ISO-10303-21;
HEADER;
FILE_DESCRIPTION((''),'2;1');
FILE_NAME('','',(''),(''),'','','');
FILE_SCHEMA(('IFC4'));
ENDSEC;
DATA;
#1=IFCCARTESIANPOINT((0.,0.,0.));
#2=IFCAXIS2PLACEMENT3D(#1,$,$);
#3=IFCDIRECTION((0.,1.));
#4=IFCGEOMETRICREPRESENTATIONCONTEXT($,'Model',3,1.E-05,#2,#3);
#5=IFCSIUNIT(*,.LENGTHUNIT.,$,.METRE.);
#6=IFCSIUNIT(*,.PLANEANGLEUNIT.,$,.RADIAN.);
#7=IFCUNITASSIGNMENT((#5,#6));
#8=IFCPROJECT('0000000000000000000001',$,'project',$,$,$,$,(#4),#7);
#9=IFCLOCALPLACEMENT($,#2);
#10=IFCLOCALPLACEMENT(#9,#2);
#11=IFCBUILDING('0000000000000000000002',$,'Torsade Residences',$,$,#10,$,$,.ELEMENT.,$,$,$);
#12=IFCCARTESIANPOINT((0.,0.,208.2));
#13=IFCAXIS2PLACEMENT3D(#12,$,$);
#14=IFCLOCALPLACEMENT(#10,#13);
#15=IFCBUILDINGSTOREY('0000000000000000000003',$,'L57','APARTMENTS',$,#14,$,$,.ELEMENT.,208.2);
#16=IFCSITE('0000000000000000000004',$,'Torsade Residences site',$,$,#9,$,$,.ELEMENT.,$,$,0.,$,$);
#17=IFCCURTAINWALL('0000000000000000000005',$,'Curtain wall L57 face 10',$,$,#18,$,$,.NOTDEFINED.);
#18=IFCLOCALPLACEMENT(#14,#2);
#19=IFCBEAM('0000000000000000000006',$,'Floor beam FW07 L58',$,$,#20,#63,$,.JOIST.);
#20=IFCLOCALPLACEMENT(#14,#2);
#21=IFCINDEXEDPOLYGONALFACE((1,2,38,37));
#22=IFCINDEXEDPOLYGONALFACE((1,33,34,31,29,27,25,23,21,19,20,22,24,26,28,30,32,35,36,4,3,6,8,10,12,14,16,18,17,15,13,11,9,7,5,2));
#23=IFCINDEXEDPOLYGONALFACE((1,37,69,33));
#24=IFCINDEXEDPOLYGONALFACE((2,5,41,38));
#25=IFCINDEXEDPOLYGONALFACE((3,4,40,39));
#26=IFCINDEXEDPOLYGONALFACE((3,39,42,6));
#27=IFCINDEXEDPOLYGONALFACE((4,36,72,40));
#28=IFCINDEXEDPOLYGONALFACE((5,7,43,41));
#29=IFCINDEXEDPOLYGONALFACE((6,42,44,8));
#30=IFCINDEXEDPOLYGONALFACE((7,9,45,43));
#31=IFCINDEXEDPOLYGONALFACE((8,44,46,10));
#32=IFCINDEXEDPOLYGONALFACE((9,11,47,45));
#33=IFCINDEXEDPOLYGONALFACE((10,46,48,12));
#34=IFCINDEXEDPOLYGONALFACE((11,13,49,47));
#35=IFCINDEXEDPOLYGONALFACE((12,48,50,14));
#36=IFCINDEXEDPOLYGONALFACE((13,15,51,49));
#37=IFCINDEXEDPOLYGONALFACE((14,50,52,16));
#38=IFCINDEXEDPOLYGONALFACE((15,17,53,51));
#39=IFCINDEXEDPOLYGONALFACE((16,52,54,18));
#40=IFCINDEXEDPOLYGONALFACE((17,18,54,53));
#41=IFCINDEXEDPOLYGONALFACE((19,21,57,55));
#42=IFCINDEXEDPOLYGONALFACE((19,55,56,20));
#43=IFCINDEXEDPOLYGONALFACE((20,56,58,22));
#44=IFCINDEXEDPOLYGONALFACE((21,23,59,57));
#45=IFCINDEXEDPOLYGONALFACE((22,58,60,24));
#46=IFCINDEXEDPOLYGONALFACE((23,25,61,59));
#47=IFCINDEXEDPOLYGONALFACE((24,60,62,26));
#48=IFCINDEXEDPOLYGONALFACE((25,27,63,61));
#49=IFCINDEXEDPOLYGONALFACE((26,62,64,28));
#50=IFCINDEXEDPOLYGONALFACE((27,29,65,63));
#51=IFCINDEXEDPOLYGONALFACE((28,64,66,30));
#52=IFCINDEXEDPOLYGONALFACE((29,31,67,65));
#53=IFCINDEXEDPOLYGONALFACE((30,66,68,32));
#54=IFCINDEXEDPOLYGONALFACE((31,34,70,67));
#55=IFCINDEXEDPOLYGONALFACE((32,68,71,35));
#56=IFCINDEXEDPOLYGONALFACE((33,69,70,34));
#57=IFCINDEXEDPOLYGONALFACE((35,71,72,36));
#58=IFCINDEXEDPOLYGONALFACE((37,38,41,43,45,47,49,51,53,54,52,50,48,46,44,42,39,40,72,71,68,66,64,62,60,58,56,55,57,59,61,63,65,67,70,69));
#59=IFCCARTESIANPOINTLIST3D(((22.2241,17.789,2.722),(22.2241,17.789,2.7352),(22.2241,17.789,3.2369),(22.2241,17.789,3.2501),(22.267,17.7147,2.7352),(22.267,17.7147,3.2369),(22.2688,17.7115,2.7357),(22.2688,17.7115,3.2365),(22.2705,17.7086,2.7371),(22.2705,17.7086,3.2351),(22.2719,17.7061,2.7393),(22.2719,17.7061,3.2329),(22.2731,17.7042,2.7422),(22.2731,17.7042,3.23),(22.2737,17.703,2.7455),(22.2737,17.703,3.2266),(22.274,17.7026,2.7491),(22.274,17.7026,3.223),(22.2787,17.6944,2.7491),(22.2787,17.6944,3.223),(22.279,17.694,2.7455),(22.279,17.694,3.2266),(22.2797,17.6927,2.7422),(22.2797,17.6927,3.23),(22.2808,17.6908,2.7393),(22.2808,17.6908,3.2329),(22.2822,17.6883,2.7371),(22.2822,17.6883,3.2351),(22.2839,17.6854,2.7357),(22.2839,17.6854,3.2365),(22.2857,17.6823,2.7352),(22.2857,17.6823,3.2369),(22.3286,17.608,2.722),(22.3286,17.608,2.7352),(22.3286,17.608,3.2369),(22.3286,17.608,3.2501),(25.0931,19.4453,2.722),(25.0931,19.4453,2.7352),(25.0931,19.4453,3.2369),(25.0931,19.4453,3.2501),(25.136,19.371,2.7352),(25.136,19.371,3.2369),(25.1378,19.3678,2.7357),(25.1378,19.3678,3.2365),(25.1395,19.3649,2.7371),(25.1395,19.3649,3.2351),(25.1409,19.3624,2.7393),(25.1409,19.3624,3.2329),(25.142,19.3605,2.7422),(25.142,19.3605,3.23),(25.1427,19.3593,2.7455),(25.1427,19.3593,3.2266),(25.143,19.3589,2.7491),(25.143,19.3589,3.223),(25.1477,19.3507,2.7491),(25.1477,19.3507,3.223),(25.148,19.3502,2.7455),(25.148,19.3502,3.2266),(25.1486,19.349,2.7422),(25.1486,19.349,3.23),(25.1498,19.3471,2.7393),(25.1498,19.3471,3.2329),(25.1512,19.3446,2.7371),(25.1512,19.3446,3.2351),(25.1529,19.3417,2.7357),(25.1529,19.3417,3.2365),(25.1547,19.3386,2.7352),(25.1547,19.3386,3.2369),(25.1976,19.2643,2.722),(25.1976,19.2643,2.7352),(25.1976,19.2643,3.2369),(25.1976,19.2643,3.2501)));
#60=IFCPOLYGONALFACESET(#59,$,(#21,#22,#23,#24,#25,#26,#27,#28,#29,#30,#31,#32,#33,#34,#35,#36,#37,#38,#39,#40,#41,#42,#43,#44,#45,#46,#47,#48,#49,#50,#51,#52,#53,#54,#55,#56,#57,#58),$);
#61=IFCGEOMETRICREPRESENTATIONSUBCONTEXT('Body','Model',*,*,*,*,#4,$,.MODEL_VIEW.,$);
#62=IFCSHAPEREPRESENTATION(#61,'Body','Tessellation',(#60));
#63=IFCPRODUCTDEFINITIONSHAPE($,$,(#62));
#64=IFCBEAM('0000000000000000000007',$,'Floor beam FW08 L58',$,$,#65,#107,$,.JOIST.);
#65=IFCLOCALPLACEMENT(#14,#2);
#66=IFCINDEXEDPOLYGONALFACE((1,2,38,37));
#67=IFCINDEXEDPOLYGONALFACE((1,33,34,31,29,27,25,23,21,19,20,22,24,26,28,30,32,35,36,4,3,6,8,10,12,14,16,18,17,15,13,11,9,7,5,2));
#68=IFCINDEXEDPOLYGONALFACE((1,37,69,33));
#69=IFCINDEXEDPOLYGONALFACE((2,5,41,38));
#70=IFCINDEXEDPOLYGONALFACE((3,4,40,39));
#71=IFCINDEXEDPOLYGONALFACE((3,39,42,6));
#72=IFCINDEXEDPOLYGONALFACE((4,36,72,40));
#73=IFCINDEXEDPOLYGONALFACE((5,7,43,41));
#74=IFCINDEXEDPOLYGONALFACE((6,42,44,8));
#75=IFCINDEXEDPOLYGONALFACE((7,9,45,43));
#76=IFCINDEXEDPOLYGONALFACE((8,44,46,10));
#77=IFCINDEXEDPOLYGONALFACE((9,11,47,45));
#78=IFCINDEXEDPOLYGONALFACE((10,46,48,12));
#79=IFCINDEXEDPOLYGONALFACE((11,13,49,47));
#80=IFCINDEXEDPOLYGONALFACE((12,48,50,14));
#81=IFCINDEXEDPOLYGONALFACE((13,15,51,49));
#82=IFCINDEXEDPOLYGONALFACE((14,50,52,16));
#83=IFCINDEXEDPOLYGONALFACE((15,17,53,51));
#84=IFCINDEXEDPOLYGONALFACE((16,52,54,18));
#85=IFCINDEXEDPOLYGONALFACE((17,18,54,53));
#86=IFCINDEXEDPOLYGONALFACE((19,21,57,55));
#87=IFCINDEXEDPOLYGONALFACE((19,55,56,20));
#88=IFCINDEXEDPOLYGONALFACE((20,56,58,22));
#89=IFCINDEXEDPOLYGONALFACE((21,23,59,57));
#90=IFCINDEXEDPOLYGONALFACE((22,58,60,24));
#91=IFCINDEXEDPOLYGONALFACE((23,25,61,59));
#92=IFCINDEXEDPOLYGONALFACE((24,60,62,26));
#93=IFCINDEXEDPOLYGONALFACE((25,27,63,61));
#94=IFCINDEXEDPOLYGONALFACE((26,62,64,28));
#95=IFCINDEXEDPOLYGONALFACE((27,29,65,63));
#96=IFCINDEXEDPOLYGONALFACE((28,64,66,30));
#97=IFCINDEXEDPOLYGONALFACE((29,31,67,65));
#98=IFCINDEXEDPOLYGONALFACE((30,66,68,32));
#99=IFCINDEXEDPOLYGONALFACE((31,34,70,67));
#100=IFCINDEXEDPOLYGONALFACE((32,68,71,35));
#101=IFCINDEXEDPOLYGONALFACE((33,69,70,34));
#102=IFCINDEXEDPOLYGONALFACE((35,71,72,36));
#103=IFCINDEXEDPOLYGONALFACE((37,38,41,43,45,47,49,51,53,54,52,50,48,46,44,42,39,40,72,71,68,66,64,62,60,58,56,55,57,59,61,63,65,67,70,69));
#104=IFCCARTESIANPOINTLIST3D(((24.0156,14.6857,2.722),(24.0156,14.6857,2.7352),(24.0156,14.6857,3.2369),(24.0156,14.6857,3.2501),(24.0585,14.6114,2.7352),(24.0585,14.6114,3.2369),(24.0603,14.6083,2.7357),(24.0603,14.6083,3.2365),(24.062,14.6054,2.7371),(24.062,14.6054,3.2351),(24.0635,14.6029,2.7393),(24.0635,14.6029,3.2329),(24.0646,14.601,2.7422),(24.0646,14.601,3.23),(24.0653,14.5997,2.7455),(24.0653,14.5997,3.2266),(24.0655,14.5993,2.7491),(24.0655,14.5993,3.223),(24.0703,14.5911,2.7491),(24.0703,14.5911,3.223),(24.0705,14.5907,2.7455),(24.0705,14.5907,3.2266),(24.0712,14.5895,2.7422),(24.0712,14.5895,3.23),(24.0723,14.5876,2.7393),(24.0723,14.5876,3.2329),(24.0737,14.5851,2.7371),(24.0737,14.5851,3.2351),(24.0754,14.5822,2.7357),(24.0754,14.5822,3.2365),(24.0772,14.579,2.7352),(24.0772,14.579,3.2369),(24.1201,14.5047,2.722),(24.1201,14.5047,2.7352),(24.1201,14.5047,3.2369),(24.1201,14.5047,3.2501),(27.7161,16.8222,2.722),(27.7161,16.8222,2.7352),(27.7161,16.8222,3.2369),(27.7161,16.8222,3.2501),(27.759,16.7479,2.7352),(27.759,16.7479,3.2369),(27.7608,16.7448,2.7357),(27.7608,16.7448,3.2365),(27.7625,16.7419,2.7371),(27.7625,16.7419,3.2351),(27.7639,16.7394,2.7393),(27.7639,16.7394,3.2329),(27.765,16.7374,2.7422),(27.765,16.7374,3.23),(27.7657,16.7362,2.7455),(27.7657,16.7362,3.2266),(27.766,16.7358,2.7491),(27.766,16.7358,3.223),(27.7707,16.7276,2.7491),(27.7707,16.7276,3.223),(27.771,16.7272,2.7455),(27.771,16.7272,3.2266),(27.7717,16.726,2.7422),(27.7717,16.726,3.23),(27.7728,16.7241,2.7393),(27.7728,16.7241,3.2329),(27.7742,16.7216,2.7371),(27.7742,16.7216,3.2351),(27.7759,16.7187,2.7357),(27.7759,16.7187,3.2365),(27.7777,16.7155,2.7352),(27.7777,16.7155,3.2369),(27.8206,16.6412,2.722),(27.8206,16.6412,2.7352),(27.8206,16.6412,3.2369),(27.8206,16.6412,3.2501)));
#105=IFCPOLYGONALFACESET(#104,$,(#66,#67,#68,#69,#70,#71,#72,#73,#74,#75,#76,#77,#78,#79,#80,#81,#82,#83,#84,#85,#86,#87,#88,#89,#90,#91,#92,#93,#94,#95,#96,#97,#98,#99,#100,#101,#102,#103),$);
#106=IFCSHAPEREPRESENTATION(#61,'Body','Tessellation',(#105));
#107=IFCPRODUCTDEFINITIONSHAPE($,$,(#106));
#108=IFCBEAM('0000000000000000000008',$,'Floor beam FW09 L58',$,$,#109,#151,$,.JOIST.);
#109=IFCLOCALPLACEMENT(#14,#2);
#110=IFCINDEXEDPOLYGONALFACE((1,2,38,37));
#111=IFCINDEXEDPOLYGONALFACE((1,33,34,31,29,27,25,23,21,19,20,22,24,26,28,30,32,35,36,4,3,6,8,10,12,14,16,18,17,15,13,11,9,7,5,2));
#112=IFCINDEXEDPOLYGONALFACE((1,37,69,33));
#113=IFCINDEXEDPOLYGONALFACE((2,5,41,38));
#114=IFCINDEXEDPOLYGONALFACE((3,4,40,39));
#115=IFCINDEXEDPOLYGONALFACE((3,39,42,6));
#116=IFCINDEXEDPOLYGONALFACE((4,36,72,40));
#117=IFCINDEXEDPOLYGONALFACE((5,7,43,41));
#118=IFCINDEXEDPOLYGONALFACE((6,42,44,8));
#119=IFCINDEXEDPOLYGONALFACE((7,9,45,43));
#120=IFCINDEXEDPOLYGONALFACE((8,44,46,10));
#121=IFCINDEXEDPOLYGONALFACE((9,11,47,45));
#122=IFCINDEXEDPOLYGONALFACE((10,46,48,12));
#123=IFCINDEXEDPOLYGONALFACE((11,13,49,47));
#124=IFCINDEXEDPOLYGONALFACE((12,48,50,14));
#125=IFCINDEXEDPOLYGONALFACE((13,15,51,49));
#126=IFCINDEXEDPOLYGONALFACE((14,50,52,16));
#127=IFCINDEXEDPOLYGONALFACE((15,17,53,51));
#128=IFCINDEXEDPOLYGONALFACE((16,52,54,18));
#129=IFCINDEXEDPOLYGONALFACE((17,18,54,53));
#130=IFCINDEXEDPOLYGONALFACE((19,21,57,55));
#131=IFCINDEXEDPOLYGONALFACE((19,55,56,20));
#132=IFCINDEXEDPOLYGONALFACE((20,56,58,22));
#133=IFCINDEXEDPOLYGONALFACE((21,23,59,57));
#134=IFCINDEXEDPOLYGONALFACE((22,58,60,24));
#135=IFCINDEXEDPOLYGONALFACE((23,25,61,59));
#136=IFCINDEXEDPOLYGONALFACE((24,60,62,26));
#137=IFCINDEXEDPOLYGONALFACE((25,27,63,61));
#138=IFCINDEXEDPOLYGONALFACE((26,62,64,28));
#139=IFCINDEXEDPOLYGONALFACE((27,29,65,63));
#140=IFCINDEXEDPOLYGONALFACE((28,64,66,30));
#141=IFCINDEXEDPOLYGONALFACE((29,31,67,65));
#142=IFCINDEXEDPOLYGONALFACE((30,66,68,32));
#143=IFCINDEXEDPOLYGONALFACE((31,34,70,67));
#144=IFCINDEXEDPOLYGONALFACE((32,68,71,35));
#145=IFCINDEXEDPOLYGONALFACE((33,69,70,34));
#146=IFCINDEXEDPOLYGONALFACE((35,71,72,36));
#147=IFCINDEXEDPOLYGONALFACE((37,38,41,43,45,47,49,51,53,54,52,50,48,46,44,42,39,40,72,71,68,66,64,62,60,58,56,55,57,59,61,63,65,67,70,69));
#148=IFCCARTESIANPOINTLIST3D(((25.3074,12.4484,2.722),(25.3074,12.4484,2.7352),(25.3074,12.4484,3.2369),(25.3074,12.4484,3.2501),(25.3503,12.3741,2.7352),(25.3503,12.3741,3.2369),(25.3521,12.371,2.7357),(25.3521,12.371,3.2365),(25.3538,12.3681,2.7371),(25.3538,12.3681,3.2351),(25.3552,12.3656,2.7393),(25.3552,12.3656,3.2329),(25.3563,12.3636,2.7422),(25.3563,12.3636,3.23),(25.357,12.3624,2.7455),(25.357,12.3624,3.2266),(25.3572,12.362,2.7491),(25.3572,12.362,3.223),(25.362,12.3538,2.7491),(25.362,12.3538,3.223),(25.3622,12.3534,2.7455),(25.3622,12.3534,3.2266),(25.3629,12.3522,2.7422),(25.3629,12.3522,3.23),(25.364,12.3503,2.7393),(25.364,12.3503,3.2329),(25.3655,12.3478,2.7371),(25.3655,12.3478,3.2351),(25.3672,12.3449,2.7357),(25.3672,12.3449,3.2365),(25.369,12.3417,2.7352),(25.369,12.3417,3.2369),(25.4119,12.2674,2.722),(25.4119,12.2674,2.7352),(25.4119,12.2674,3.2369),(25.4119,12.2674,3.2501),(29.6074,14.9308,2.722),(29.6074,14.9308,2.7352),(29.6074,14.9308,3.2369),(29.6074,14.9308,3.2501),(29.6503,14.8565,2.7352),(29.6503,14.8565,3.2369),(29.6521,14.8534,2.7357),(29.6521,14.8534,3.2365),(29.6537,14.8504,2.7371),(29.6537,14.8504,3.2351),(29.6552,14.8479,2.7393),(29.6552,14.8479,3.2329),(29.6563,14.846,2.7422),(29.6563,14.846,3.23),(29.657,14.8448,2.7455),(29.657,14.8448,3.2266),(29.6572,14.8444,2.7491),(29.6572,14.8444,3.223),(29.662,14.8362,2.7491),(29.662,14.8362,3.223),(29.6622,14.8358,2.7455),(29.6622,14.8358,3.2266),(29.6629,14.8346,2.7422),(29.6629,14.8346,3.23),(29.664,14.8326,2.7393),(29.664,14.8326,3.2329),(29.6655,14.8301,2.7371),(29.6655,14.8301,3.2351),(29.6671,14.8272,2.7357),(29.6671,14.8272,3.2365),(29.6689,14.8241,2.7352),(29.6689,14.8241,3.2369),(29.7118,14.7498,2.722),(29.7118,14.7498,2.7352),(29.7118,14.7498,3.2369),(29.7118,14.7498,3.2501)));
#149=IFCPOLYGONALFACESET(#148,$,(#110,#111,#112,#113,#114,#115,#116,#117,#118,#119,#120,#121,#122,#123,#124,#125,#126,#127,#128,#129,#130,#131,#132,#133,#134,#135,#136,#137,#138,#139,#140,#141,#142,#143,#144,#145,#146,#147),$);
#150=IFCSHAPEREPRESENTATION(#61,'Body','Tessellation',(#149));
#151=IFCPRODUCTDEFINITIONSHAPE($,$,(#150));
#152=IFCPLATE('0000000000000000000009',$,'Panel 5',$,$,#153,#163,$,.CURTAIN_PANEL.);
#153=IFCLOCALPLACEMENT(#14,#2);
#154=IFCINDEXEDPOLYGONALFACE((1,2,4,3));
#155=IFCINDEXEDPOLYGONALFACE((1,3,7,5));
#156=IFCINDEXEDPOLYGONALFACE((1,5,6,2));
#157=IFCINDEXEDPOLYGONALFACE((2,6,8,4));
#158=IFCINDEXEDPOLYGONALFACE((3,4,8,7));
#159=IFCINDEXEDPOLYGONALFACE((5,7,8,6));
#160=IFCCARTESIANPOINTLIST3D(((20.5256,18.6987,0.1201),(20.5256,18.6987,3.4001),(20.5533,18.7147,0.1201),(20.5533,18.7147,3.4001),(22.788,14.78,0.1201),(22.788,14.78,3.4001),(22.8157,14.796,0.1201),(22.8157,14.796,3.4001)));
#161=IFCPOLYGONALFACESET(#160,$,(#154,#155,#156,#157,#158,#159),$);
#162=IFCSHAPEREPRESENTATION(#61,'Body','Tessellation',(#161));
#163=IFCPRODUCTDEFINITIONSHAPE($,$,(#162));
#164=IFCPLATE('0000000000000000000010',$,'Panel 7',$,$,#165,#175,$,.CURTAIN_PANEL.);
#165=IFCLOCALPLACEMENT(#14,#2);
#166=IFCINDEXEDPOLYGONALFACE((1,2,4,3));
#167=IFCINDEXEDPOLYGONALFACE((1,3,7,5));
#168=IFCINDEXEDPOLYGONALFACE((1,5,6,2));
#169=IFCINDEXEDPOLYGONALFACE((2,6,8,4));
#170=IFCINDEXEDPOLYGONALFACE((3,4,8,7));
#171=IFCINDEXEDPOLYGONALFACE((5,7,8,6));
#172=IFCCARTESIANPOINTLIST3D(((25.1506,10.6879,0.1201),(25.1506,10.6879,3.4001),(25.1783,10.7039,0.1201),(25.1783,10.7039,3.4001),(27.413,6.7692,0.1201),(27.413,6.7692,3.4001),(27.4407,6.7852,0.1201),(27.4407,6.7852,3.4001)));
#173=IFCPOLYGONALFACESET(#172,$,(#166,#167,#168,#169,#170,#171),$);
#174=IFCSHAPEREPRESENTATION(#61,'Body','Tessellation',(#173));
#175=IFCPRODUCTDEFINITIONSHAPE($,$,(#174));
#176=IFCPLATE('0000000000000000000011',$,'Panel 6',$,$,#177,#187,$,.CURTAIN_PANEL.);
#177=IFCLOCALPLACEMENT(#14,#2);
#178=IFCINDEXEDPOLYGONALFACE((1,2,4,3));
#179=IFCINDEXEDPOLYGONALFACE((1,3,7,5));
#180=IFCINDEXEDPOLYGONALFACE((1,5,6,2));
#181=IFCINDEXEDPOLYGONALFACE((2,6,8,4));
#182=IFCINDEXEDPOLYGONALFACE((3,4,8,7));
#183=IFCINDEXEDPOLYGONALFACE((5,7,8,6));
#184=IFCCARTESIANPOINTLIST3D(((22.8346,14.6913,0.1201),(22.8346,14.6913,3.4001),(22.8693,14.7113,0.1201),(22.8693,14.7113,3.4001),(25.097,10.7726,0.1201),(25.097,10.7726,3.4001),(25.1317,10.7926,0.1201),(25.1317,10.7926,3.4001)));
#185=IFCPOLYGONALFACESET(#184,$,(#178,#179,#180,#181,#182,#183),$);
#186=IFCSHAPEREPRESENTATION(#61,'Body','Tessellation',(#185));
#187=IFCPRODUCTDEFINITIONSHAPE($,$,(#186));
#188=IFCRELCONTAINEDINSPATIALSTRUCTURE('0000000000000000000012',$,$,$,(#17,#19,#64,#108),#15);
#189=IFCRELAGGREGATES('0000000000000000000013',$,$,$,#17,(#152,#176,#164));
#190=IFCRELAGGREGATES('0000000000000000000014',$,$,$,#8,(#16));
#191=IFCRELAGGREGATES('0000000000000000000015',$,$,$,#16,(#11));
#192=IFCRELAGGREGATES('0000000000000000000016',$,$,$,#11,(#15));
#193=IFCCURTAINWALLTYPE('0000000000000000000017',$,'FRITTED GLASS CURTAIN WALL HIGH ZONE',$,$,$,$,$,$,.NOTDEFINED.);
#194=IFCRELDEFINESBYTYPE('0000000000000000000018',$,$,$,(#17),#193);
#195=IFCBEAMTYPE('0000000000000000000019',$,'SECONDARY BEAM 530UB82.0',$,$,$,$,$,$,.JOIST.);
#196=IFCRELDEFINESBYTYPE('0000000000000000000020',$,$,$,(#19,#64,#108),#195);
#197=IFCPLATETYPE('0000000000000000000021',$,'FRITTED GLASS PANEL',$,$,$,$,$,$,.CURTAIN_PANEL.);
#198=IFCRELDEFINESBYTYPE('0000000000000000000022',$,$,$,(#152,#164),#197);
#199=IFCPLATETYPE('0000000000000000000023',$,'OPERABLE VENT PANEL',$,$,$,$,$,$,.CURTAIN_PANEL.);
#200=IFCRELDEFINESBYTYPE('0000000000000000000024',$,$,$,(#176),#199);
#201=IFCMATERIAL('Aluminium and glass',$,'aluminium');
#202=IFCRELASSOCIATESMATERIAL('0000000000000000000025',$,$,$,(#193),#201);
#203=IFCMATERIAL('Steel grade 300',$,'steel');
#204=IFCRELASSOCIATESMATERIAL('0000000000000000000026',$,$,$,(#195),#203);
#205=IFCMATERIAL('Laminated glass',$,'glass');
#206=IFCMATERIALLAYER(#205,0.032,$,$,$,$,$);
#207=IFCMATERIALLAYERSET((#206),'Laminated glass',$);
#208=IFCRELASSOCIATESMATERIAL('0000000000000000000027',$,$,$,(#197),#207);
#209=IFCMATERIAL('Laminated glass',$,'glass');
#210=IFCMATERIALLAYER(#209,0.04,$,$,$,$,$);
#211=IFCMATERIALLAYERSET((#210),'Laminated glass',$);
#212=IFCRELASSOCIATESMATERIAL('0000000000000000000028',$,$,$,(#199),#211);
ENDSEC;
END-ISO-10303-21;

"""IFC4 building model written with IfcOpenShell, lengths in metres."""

from ifc_helpers import new_model, si_unit, direction, frame, origin, origin_2d, place, context, subcontext, project, spatial, rectangle, i_section, extrude, material, layer, layer_set, material_profile, profile_set, type_object, element, aggregate, save


model = new_model("IFC4")

# Units and contexts
model_context = context("Model", 3, precision=1e-05, world=origin(), true_north=direction((0.0, 1.0)))
body_context = subcontext(model_context, "Body", "Model", "MODEL_VIEW")
ifc_project = project(units=[si_unit("LENGTHUNIT", "METRE"), si_unit("PLANEANGLEUNIT", "RADIAN")], contexts=[model_context])

# Site, building, storey
site_placement = place(None, origin())
site = spatial("IfcSite", under=ifc_project, at=site_placement, Name="Torsade Residences site", CompositionType="ELEMENT", RefElevation=0.0)
building_placement = place(site_placement, origin())
building = spatial("IfcBuilding", under=site, at=building_placement, Name="Torsade Residences", CompositionType="ELEMENT")
storey_placement = place(building_placement, frame((0.0, 0.0, 208.2)))
storey = spatial("IfcBuildingStorey", under=building, at=storey_placement, Name="L57", Description="APARTMENTS", CompositionType="ELEMENT", Elevation=208.2)

# Curtain wall
ifc_material_1 = material(Name="Aluminium and glass", Category="aluminium")
curtain_wall_type = type_object("IfcCurtainWallType", Name="FRITTED GLASS CURTAIN WALL HIGH ZONE", PredefinedType="NOTDEFINED", material=ifc_material_1)
curtain_wall_placement = place(storey_placement, origin())
curtain_wall = element("IfcCurtainWall", 1, at=curtain_wall_placement, inside=storey, type_object=curtain_wall_type, Name="Curtain wall L57 face 10", PredefinedType="NOTDEFINED")

# Beams
ifc_material_2 = material(Name="Steel grade 300", Category="steel")
ifc_material_profile_1 = material_profile(ifc_material_2, i_section(OverallWidth=0.209, OverallDepth=0.5281, WebThickness=0.0095, FlangeThickness=0.0132, FilletRadius=0.0139, at=origin_2d()), Name="530UB82.0")
ifc_profile_set_1 = profile_set([ifc_material_profile_1], Name="Steel grade 300")
beam_type_1 = type_object("IfcBeamType", Name="SECONDARY BEAM 530UB82.0", PredefinedType="JOIST", material=ifc_profile_set_1)
beam_1_placement = place(storey_placement, frame((22.2764, 17.6985, 2.9861), z_axis=(0.86604, 0.499976, 0.0), x_axis=(-0.499976, 0.86604, 0.0)))
element("IfcBeam", 2, at=beam_1_placement, inside=storey, type_object=beam_type_1, Name="Floor beam FW07 L58", PredefinedType="JOIST", context=body_context, shape_type="SweptSolid", body=[
    extrude(i_section(OverallWidth=0.209, OverallDepth=0.5281, WebThickness=0.0095, FlangeThickness=0.0132, FilletRadius=0.0139, at=origin_2d()), origin(), (0.0, 0.0, 1.0), 3.3127),
])
beam_2_placement = place(storey_placement, frame((24.0679, 14.5952, 2.9861), z_axis=(0.866023, 0.500004, 0.0), x_axis=(-0.500004, 0.866023, 0.0)))
element("IfcBeam", 3, at=beam_2_placement, inside=storey, type_object=beam_type_1, Name="Floor beam FW08 L58", PredefinedType="JOIST", context=body_context, shape_type="SweptSolid", body=[
    extrude(i_section(OverallWidth=0.209, OverallDepth=0.5281, WebThickness=0.0095, FlangeThickness=0.0132, FilletRadius=0.0139, at=origin_2d()), origin(), (0.0, 0.0, 1.0), 4.2729),
])
beam_3_placement = place(storey_placement, frame((25.3596, 12.3579, 2.9861), z_axis=(0.866044, 0.499968, 0.0), x_axis=(-0.499968, 0.866044, 0.0)))
element("IfcBeam", 4, at=beam_3_placement, inside=storey, type_object=beam_type_1, Name="Floor beam FW09 L58", PredefinedType="JOIST", context=body_context, shape_type="SweptSolid", body=[
    extrude(i_section(OverallWidth=0.209, OverallDepth=0.5281, WebThickness=0.0095, FlangeThickness=0.0132, FilletRadius=0.0139, at=origin_2d()), origin(), (0.0, 0.0, 1.0), 4.9651),
])

# Plates
ifc_material_3 = material(Name="Laminated glass", Category="glass")
ifc_layer_1 = layer(ifc_material_3, 0.032)
ifc_layer_set_1 = layer_set([ifc_layer_1], Name="Laminated glass")
plate_type_1 = type_object("IfcPlateType", Name="FRITTED GLASS PANEL", PredefinedType="CURTAIN_PANEL", material=ifc_layer_set_1)
plate_1_placement = place(storey_placement, frame((21.6707, 16.7473, 0.1201), z_axis=(0.0, 0.0, 1.0), x_axis=(0.5, -0.866025, 0.0)))
plate_1 = element("IfcPlate", 5, at=plate_1_placement, type_object=plate_type_1, Name="Panel 5", PredefinedType="CURTAIN_PANEL", context=body_context, shape_type="SweptSolid", body=[
    extrude(rectangle(XDim=4.5249, YDim=0.032, at=origin_2d()), origin(), (0.0, 0.0, 1.0), 3.28),
])
plate_2_placement = place(storey_placement, frame((26.2957, 8.7366, 0.1201), z_axis=(0.0, 0.0, 1.0), x_axis=(0.5, -0.866025, 0.0)))
plate_2 = element("IfcPlate", 6, at=plate_2_placement, type_object=plate_type_1, Name="Panel 7", PredefinedType="CURTAIN_PANEL", context=body_context, shape_type="SweptSolid", body=[
    extrude(rectangle(XDim=4.5249, YDim=0.032, at=origin_2d()), origin(), (0.0, 0.0, 1.0), 3.28),
])
ifc_material_4 = material(Name="Laminated glass", Category="glass")
ifc_layer_2 = layer(ifc_material_4, 0.04)
ifc_layer_set_2 = layer_set([ifc_layer_2], Name="Laminated glass")
plate_type_2 = type_object("IfcPlateType", Name="OPERABLE VENT PANEL", PredefinedType="CURTAIN_PANEL", material=ifc_layer_set_2)
plate_3_placement = place(storey_placement, frame((23.9832, 12.7419, 0.1201), z_axis=(0.0, 0.0, 1.0), x_axis=(0.5, -0.866025, 0.0)))
plate_3 = element("IfcPlate", 7, at=plate_3_placement, type_object=plate_type_2, Name="Panel 6", PredefinedType="CURTAIN_PANEL", context=body_context, shape_type="SweptSolid", body=[
    extrude(rectangle(XDim=4.5249, YDim=0.04, at=origin_2d()), origin(), (0.0, 0.0, 1.0), 3.28),
])
aggregate(curtain_wall, [plate_1, plate_3, plate_2])

save(model, "model.ifc")
